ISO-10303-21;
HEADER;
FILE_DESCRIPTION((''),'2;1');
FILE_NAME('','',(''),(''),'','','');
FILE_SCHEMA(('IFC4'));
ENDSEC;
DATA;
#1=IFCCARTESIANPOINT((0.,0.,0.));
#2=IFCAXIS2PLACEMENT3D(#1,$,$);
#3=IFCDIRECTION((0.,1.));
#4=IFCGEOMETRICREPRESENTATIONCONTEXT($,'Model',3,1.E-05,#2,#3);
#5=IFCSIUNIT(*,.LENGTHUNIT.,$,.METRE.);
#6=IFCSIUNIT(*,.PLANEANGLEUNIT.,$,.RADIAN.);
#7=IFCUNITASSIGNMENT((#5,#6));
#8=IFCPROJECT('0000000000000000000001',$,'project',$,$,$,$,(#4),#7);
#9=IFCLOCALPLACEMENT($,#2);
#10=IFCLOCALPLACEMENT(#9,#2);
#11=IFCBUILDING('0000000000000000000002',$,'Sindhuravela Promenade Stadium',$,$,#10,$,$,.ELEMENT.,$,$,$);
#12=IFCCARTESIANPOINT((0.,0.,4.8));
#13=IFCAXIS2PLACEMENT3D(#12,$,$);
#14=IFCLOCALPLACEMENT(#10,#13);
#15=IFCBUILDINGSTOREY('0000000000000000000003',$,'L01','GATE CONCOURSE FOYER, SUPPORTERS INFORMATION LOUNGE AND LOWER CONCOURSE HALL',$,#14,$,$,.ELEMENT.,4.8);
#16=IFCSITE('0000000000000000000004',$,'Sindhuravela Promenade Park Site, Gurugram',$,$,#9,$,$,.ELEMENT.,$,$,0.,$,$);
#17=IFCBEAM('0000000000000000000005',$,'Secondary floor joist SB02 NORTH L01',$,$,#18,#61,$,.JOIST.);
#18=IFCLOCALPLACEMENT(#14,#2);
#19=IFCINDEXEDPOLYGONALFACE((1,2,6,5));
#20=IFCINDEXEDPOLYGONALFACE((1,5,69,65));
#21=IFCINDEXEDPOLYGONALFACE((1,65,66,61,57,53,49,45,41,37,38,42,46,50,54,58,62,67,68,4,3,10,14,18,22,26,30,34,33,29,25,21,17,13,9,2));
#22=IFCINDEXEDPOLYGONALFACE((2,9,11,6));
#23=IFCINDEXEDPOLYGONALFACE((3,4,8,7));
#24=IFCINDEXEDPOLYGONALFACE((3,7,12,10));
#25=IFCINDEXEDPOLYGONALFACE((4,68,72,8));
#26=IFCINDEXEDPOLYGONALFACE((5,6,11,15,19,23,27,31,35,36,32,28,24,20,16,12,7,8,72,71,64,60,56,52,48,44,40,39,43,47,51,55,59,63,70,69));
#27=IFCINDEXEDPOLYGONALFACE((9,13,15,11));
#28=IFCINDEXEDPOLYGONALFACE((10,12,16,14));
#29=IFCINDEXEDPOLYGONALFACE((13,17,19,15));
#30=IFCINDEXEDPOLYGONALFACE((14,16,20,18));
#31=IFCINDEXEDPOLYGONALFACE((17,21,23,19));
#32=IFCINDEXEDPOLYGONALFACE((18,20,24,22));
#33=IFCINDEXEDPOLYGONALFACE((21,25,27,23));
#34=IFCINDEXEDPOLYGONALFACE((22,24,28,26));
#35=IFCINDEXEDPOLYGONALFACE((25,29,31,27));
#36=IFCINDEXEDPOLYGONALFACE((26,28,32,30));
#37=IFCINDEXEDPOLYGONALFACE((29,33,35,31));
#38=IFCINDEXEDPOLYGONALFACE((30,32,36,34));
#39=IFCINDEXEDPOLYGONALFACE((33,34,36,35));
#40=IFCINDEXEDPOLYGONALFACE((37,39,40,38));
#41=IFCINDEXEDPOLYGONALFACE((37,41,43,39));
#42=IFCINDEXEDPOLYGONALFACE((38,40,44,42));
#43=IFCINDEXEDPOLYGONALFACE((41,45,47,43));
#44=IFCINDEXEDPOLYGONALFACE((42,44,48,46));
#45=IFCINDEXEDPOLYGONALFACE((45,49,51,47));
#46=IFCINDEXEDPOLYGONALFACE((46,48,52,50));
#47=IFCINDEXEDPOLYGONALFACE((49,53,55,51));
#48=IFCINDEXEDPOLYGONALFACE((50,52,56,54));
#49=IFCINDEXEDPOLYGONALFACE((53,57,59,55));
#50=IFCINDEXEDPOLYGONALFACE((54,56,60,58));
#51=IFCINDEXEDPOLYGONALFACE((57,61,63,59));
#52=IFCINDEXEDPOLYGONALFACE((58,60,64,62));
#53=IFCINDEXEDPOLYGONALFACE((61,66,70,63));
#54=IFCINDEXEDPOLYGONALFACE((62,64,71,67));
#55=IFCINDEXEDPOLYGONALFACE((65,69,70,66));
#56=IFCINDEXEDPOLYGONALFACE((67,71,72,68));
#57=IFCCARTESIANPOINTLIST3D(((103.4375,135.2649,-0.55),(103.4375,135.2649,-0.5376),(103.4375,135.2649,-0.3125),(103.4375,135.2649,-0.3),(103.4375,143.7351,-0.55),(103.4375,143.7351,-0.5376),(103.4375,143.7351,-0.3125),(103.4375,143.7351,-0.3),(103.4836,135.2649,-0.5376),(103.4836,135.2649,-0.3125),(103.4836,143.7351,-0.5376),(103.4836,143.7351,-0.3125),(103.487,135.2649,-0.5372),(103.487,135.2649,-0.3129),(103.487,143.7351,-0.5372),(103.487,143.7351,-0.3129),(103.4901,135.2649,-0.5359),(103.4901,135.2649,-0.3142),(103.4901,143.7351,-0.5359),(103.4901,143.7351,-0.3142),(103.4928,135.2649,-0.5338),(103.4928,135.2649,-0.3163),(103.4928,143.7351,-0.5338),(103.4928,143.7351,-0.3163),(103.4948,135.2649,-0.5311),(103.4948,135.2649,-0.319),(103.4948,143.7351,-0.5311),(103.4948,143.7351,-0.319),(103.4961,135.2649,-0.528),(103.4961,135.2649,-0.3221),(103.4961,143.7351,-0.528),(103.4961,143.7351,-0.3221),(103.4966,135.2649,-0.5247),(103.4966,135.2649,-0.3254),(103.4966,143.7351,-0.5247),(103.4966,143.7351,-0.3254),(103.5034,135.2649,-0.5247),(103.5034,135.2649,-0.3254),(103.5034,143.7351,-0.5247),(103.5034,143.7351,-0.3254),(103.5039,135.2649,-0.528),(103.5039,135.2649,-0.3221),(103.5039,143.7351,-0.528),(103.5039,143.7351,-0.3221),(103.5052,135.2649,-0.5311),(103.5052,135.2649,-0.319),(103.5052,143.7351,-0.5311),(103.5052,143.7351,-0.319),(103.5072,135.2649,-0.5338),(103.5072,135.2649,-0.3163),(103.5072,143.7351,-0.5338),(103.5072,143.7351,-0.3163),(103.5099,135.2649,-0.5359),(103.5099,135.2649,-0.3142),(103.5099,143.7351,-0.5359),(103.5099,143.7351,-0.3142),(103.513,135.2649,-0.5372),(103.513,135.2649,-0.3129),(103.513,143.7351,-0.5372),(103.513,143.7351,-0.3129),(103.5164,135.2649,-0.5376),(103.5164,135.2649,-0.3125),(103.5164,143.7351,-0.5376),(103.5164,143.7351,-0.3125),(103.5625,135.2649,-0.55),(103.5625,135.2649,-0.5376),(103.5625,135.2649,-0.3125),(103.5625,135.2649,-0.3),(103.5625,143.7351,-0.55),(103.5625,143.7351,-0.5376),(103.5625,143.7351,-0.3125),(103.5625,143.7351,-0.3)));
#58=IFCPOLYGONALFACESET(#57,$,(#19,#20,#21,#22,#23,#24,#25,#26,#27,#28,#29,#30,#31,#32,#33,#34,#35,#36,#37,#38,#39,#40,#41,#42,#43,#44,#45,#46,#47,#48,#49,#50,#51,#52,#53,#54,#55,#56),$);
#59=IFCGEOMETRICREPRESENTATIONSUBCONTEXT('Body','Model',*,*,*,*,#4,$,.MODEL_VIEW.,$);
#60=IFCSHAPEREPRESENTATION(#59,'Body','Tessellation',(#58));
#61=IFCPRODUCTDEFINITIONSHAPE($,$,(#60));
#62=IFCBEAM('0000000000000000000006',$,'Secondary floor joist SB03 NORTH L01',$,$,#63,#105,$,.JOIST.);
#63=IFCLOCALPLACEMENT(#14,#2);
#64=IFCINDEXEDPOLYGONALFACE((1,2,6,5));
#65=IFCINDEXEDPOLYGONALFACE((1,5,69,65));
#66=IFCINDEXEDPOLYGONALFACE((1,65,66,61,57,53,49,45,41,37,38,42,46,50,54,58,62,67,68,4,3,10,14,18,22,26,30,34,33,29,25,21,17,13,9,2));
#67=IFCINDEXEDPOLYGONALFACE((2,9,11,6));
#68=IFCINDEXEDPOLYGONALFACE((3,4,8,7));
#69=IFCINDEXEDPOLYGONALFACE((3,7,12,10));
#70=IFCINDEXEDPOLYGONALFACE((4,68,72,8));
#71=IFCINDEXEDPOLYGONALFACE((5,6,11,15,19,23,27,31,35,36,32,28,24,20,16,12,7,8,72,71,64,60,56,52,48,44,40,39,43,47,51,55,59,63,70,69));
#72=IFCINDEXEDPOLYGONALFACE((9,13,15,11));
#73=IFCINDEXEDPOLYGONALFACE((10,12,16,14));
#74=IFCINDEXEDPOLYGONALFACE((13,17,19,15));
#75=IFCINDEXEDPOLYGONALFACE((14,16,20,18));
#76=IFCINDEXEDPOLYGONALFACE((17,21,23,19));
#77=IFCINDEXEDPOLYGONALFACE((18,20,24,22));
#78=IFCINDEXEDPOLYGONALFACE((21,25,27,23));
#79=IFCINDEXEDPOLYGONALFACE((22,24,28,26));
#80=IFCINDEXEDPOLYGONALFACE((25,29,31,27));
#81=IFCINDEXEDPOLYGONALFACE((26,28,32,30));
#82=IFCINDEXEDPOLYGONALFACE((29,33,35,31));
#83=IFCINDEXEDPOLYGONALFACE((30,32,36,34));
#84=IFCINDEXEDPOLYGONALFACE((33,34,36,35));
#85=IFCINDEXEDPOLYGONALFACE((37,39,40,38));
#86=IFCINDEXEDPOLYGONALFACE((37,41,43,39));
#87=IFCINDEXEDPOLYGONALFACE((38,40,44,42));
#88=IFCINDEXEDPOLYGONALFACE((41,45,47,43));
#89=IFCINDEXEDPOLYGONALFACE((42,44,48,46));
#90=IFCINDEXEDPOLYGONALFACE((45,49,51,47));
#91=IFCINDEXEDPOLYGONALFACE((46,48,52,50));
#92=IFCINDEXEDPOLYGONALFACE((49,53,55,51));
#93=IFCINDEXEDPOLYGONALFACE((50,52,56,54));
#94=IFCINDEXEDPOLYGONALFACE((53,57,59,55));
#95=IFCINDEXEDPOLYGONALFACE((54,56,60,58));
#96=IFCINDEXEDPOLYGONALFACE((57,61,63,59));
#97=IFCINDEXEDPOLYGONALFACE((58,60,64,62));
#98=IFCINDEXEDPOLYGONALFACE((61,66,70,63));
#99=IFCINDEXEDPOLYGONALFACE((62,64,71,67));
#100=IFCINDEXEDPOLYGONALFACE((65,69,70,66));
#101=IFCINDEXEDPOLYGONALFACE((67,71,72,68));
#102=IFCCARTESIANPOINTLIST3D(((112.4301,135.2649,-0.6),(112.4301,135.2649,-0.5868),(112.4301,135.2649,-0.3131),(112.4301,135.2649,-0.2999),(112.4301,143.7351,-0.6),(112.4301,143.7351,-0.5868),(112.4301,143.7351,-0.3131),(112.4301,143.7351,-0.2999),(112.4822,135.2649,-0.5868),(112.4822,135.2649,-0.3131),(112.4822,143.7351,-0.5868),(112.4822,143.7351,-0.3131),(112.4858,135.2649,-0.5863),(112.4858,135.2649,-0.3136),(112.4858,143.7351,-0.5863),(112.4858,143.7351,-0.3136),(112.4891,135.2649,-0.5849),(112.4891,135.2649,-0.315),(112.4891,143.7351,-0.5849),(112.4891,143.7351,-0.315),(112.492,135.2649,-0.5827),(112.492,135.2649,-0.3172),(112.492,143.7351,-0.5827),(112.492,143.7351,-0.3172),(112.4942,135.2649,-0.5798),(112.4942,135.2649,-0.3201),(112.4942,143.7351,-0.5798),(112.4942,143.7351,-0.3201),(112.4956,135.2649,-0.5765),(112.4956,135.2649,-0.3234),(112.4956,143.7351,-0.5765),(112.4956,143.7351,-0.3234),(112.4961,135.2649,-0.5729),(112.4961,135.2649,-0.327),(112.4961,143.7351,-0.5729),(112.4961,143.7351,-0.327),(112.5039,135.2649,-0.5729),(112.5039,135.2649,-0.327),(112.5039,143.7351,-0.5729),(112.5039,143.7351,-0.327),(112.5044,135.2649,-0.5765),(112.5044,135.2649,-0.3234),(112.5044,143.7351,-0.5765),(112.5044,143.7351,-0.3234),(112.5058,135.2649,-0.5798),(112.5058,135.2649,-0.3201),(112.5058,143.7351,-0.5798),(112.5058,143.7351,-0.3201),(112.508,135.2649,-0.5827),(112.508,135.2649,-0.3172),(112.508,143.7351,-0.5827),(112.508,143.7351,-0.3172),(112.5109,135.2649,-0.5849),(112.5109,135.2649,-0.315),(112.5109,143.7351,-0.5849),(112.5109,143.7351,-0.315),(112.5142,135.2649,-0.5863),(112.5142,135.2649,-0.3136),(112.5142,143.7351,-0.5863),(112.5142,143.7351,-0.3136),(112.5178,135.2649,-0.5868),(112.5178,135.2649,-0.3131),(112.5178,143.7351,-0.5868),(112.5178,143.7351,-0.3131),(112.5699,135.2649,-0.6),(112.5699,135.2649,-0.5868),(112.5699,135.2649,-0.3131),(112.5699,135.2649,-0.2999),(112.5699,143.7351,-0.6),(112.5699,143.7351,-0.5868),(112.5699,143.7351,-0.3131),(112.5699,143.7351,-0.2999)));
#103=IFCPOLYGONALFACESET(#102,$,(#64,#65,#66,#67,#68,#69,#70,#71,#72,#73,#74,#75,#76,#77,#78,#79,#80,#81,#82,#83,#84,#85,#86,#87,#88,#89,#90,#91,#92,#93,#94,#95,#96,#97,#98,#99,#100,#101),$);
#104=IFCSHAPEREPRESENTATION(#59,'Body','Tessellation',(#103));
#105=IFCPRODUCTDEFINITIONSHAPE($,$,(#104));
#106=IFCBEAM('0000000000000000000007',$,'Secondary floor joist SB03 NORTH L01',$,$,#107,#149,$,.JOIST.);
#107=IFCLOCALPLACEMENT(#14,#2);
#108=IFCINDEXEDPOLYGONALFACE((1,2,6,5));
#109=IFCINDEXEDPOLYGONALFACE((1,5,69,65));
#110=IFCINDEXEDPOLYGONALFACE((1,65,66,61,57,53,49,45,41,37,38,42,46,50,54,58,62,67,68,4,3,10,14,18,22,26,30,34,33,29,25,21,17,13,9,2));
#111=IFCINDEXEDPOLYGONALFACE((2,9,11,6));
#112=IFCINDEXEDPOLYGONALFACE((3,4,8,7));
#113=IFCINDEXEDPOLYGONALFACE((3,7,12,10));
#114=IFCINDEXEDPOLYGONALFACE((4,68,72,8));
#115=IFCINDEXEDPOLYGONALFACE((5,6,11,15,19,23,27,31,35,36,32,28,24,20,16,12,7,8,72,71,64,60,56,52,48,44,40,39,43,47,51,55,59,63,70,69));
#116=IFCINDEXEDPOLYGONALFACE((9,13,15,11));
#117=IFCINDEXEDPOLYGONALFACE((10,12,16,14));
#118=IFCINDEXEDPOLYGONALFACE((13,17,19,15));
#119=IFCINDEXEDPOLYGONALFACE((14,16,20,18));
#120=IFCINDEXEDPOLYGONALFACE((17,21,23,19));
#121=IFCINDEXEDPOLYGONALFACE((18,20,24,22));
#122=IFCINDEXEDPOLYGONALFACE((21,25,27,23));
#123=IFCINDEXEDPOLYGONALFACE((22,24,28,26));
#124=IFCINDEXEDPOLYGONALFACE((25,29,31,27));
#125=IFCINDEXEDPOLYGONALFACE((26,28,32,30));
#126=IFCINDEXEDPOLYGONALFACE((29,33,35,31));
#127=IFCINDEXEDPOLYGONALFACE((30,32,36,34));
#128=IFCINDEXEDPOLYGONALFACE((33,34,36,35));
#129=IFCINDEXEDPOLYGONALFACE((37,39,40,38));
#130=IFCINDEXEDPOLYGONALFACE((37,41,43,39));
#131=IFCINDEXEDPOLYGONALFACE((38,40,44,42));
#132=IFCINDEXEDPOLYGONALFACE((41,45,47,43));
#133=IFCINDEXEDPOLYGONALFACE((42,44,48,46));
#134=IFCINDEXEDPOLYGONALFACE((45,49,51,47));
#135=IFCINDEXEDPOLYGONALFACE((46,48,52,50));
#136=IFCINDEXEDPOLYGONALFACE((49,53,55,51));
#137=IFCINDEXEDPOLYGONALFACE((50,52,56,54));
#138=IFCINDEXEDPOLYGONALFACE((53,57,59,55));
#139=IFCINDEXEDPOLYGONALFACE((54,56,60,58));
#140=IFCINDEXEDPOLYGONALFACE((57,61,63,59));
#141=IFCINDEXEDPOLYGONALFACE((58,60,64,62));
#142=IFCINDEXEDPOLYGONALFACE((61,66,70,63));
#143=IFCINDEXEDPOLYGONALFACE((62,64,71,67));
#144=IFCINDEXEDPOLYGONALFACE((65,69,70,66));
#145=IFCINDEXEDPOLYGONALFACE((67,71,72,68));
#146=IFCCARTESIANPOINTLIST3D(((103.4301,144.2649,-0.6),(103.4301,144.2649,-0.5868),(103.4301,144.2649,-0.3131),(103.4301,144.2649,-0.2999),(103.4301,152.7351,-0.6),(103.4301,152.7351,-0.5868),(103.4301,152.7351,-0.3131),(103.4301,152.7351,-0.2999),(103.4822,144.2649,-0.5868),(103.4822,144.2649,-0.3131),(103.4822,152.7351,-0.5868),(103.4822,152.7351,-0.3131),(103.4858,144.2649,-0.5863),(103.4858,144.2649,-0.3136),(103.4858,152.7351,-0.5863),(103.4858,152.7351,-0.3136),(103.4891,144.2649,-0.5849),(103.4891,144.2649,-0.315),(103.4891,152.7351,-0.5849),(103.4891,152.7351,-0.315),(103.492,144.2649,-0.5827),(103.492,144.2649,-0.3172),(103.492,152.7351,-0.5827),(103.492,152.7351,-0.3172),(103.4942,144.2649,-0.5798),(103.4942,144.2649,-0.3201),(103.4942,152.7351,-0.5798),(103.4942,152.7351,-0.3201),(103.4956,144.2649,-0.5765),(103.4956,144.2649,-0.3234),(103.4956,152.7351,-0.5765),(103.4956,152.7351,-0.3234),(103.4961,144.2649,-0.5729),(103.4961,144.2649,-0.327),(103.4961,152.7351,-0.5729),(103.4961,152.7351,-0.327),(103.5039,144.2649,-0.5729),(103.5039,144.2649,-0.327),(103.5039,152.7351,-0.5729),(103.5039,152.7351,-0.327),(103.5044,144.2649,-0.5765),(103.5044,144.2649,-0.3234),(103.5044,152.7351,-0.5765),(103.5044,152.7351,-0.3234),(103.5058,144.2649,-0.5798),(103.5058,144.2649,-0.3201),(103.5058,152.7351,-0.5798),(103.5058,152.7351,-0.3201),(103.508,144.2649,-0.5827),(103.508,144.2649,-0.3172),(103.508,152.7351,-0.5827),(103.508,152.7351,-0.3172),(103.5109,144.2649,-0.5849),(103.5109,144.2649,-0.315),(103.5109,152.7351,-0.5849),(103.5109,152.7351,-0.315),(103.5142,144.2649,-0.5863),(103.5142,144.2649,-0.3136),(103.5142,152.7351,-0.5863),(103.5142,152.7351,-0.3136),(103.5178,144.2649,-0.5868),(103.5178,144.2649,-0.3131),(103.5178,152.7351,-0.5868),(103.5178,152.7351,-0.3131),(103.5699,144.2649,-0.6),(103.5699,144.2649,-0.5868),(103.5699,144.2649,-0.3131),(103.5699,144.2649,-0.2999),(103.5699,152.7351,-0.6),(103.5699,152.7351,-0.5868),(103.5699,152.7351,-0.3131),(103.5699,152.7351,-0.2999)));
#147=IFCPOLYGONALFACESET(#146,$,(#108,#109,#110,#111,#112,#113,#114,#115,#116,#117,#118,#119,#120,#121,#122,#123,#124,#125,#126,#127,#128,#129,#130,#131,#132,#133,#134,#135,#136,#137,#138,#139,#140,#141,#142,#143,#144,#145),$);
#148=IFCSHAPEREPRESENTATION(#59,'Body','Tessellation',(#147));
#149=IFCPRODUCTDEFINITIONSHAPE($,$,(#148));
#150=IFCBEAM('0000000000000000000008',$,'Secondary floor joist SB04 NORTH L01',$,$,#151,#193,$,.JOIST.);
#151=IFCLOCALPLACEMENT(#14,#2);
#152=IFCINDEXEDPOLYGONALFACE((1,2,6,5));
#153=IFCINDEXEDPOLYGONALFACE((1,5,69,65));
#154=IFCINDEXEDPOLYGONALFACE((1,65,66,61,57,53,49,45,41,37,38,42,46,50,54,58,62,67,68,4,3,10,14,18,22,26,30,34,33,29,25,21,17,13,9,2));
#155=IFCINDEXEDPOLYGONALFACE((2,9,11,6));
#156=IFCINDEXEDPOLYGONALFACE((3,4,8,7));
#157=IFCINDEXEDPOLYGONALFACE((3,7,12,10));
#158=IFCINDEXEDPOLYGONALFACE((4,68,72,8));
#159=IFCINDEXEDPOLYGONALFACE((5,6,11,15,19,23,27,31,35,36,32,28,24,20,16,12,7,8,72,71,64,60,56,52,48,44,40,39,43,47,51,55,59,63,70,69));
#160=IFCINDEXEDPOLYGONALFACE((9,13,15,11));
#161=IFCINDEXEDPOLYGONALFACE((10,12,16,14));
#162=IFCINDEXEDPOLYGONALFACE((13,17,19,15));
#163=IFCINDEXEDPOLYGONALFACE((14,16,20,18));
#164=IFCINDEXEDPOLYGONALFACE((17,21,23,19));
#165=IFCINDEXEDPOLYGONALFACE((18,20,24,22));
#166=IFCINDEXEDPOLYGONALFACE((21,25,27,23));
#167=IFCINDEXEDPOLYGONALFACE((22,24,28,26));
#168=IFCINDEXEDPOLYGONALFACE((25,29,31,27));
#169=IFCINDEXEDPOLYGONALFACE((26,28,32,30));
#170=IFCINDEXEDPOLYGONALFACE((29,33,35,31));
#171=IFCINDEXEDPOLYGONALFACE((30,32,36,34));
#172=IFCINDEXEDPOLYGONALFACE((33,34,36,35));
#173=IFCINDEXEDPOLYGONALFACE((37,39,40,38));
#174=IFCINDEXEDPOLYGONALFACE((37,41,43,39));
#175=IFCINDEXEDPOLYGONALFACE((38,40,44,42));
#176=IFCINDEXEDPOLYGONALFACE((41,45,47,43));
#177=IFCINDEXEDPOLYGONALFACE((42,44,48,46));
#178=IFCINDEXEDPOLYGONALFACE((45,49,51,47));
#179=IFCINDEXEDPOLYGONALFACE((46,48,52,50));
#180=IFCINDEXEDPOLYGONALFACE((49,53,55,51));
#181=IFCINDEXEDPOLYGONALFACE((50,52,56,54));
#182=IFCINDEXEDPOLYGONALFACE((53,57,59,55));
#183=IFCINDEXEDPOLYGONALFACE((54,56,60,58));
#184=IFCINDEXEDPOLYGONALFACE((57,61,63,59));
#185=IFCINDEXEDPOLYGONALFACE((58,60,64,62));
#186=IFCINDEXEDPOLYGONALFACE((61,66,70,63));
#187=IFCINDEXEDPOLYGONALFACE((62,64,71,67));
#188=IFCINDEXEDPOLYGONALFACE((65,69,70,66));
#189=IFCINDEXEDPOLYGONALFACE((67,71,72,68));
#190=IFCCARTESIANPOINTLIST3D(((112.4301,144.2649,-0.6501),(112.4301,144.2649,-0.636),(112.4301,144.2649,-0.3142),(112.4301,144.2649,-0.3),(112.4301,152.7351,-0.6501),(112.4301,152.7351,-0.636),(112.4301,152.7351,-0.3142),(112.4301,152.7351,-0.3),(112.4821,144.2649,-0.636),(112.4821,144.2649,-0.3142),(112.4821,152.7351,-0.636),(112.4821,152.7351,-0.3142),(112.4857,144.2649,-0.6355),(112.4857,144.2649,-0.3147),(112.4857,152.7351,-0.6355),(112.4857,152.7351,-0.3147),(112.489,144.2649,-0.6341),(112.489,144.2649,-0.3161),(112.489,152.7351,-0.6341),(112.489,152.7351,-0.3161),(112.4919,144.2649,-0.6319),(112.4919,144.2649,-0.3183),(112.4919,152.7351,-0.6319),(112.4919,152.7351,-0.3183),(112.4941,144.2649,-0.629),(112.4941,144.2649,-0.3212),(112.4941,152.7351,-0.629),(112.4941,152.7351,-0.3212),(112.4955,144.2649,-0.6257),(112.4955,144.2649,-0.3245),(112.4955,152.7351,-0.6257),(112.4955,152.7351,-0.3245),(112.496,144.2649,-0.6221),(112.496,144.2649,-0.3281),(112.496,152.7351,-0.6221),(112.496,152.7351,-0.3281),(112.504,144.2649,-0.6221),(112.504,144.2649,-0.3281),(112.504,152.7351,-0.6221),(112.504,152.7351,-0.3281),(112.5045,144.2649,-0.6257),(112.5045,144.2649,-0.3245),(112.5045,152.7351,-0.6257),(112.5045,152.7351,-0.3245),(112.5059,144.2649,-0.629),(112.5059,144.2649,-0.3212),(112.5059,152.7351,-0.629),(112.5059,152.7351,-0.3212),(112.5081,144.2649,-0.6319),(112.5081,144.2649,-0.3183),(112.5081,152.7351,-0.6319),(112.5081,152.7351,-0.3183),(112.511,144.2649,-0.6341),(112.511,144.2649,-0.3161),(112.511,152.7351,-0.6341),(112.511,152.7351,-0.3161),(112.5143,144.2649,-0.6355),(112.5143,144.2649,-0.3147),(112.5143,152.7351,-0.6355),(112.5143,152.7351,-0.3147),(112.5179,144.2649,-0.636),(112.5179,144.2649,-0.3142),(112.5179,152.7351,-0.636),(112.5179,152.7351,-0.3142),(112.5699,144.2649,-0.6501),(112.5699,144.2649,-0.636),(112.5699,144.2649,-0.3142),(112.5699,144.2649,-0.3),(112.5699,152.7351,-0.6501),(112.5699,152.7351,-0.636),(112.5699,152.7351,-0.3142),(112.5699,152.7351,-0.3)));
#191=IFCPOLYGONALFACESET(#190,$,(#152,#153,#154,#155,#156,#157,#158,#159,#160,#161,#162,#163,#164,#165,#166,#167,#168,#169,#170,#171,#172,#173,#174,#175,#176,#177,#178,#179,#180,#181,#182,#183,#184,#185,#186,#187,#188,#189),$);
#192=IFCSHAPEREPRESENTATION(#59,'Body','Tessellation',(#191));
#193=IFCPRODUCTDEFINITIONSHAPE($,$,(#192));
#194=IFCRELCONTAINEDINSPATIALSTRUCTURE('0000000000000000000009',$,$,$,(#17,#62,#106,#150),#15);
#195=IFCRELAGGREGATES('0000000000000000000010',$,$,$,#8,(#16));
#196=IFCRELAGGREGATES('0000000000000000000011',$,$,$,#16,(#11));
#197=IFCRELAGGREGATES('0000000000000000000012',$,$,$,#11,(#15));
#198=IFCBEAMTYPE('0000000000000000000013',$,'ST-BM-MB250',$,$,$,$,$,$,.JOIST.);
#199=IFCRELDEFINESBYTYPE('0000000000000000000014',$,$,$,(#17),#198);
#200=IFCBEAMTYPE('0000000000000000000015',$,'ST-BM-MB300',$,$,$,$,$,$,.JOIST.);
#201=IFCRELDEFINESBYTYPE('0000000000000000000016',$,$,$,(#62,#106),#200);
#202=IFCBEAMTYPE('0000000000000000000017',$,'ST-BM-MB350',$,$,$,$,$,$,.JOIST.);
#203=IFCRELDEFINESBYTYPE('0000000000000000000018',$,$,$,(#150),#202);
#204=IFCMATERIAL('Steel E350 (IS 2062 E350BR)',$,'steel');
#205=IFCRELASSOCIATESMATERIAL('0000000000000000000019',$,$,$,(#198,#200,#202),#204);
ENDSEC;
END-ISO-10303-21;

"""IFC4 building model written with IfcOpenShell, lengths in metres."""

from ifc_helpers import new_model, si_unit, direction, frame, origin, origin_2d, place, context, subcontext, project, spatial, i_section, extrude, material, material_profile, profile_set, type_object, element, save


model = new_model("IFC4")

# Units and contexts
model_context = context("Model", 3, precision=1e-05, world=origin(), true_north=direction((0.0, 1.0)))
body_context = subcontext(model_context, "Body", "Model", "MODEL_VIEW")
ifc_project = project(units=[si_unit("LENGTHUNIT", "METRE"), si_unit("PLANEANGLEUNIT", "RADIAN")], contexts=[model_context])

# Site, building, storey
site_placement = place(None, origin())
site = spatial("IfcSite", under=ifc_project, at=site_placement, Name="Sindhuravela Promenade Park Site, Gurugram", CompositionType="ELEMENT", RefElevation=0.0)
building_placement = place(site_placement, origin())
building = spatial("IfcBuilding", under=site, at=building_placement, Name="Sindhuravela Promenade Stadium", CompositionType="ELEMENT")
storey_placement = place(building_placement, frame((0.0, 0.0, 4.8)))
storey = spatial("IfcBuildingStorey", under=building, at=storey_placement, Name="L01", Description="GATE CONCOURSE FOYER, SUPPORTERS INFORMATION LOUNGE AND LOWER CONCOURSE HALL", CompositionType="ELEMENT", Elevation=4.8)

# Beams
ifc_material_1 = material(Name="Steel E350 (IS 2062 E350BR)", Category="steel")
ifc_material_profile_1 = material_profile(ifc_material_1, i_section(OverallWidth=0.125, OverallDepth=0.25, WebThickness=0.0068, FlangeThickness=0.0125, FilletRadius=0.0129, at=origin_2d()), Name="ISMB 250")
ifc_profile_set_1 = profile_set([ifc_material_profile_1], Name="Steel E350 (IS 2062 E350BR)")
beam_type_1 = type_object("IfcBeamType", Name="ST-BM-MB250", PredefinedType="JOIST", material=ifc_profile_set_1)
for number, where, z_axis, x_axis, name in (
    (1, (103.5, 135.2649, -0.425), (0.0, 1.0, 0.0), (-1.0, 0.0, 0.0), "Secondary floor joist SB02 NORTH L01"),
):
    element("IfcBeam", number, at=place(storey_placement, frame(where, z_axis=z_axis, x_axis=x_axis)), inside=storey, type_object=beam_type_1, Name=name, PredefinedType="JOIST", context=body_context, shape_type="SweptSolid", body=[
        extrude(i_section(OverallWidth=0.125, OverallDepth=0.25, WebThickness=0.0068, FlangeThickness=0.0125, FilletRadius=0.0129, at=origin_2d()), origin(), (0.0, 0.0, 1.0), 8.4702),
    ])
ifc_material_profile_2 = material_profile(ifc_material_1, i_section(OverallWidth=0.1399, OverallDepth=0.3, WebThickness=0.0078, FlangeThickness=0.0132, FilletRadius=0.0139, at=origin_2d()), Name="ISMB 300")
ifc_profile_set_2 = profile_set([ifc_material_profile_2], Name="Steel E350 (IS 2062 E350BR)")
beam_type_2 = type_object("IfcBeamType", Name="ST-BM-MB300", PredefinedType="JOIST", material=ifc_profile_set_2)
for number, where, z_axis, x_axis, name in (
    (2, (112.5, 135.2649, -0.45), (0.0, 1.0, 0.0), (-1.0, 0.0, 0.0), "Secondary floor joist SB03 NORTH L01"),
    (3, (103.5, 144.2649, -0.45), (0.0, 1.0, 0.0), (-1.0, 0.0, 0.0), "Secondary floor joist SB03 NORTH L01"),
):
    element("IfcBeam", number, at=place(storey_placement, frame(where, z_axis=z_axis, x_axis=x_axis)), inside=storey, type_object=beam_type_2, Name=name, PredefinedType="JOIST", context=body_context, shape_type="SweptSolid", body=[
        extrude(i_section(OverallWidth=0.1399, OverallDepth=0.3, WebThickness=0.0078, FlangeThickness=0.0132, FilletRadius=0.0139, at=origin_2d()), origin(), (0.0, 0.0, 1.0), 8.4702),
    ])
ifc_material_profile_3 = material_profile(ifc_material_1, i_section(OverallWidth=0.1399, OverallDepth=0.3501, WebThickness=0.0081, FlangeThickness=0.0142, FilletRadius=0.0139, at=origin_2d()), Name="ISMB 350")
ifc_profile_set_3 = profile_set([ifc_material_profile_3], Name="Steel E350 (IS 2062 E350BR)")
beam_type_3 = type_object("IfcBeamType", Name="ST-BM-MB350", PredefinedType="JOIST", material=ifc_profile_set_3)
beam_1_placement = place(storey_placement, frame((112.5, 144.2649, -0.4751), z_axis=(0.0, 1.0, 0.0), x_axis=(-1.0, 0.0, 0.0)))
element("IfcBeam", 4, at=beam_1_placement, inside=storey, type_object=beam_type_3, Name="Secondary floor joist SB04 NORTH L01", PredefinedType="JOIST", context=body_context, shape_type="SweptSolid", body=[
    extrude(i_section(OverallWidth=0.1399, OverallDepth=0.3501, WebThickness=0.0081, FlangeThickness=0.0142, FilletRadius=0.0139, at=origin_2d()), origin(), (0.0, 0.0, 1.0), 8.4702),
])

save(model, "model.ifc")
